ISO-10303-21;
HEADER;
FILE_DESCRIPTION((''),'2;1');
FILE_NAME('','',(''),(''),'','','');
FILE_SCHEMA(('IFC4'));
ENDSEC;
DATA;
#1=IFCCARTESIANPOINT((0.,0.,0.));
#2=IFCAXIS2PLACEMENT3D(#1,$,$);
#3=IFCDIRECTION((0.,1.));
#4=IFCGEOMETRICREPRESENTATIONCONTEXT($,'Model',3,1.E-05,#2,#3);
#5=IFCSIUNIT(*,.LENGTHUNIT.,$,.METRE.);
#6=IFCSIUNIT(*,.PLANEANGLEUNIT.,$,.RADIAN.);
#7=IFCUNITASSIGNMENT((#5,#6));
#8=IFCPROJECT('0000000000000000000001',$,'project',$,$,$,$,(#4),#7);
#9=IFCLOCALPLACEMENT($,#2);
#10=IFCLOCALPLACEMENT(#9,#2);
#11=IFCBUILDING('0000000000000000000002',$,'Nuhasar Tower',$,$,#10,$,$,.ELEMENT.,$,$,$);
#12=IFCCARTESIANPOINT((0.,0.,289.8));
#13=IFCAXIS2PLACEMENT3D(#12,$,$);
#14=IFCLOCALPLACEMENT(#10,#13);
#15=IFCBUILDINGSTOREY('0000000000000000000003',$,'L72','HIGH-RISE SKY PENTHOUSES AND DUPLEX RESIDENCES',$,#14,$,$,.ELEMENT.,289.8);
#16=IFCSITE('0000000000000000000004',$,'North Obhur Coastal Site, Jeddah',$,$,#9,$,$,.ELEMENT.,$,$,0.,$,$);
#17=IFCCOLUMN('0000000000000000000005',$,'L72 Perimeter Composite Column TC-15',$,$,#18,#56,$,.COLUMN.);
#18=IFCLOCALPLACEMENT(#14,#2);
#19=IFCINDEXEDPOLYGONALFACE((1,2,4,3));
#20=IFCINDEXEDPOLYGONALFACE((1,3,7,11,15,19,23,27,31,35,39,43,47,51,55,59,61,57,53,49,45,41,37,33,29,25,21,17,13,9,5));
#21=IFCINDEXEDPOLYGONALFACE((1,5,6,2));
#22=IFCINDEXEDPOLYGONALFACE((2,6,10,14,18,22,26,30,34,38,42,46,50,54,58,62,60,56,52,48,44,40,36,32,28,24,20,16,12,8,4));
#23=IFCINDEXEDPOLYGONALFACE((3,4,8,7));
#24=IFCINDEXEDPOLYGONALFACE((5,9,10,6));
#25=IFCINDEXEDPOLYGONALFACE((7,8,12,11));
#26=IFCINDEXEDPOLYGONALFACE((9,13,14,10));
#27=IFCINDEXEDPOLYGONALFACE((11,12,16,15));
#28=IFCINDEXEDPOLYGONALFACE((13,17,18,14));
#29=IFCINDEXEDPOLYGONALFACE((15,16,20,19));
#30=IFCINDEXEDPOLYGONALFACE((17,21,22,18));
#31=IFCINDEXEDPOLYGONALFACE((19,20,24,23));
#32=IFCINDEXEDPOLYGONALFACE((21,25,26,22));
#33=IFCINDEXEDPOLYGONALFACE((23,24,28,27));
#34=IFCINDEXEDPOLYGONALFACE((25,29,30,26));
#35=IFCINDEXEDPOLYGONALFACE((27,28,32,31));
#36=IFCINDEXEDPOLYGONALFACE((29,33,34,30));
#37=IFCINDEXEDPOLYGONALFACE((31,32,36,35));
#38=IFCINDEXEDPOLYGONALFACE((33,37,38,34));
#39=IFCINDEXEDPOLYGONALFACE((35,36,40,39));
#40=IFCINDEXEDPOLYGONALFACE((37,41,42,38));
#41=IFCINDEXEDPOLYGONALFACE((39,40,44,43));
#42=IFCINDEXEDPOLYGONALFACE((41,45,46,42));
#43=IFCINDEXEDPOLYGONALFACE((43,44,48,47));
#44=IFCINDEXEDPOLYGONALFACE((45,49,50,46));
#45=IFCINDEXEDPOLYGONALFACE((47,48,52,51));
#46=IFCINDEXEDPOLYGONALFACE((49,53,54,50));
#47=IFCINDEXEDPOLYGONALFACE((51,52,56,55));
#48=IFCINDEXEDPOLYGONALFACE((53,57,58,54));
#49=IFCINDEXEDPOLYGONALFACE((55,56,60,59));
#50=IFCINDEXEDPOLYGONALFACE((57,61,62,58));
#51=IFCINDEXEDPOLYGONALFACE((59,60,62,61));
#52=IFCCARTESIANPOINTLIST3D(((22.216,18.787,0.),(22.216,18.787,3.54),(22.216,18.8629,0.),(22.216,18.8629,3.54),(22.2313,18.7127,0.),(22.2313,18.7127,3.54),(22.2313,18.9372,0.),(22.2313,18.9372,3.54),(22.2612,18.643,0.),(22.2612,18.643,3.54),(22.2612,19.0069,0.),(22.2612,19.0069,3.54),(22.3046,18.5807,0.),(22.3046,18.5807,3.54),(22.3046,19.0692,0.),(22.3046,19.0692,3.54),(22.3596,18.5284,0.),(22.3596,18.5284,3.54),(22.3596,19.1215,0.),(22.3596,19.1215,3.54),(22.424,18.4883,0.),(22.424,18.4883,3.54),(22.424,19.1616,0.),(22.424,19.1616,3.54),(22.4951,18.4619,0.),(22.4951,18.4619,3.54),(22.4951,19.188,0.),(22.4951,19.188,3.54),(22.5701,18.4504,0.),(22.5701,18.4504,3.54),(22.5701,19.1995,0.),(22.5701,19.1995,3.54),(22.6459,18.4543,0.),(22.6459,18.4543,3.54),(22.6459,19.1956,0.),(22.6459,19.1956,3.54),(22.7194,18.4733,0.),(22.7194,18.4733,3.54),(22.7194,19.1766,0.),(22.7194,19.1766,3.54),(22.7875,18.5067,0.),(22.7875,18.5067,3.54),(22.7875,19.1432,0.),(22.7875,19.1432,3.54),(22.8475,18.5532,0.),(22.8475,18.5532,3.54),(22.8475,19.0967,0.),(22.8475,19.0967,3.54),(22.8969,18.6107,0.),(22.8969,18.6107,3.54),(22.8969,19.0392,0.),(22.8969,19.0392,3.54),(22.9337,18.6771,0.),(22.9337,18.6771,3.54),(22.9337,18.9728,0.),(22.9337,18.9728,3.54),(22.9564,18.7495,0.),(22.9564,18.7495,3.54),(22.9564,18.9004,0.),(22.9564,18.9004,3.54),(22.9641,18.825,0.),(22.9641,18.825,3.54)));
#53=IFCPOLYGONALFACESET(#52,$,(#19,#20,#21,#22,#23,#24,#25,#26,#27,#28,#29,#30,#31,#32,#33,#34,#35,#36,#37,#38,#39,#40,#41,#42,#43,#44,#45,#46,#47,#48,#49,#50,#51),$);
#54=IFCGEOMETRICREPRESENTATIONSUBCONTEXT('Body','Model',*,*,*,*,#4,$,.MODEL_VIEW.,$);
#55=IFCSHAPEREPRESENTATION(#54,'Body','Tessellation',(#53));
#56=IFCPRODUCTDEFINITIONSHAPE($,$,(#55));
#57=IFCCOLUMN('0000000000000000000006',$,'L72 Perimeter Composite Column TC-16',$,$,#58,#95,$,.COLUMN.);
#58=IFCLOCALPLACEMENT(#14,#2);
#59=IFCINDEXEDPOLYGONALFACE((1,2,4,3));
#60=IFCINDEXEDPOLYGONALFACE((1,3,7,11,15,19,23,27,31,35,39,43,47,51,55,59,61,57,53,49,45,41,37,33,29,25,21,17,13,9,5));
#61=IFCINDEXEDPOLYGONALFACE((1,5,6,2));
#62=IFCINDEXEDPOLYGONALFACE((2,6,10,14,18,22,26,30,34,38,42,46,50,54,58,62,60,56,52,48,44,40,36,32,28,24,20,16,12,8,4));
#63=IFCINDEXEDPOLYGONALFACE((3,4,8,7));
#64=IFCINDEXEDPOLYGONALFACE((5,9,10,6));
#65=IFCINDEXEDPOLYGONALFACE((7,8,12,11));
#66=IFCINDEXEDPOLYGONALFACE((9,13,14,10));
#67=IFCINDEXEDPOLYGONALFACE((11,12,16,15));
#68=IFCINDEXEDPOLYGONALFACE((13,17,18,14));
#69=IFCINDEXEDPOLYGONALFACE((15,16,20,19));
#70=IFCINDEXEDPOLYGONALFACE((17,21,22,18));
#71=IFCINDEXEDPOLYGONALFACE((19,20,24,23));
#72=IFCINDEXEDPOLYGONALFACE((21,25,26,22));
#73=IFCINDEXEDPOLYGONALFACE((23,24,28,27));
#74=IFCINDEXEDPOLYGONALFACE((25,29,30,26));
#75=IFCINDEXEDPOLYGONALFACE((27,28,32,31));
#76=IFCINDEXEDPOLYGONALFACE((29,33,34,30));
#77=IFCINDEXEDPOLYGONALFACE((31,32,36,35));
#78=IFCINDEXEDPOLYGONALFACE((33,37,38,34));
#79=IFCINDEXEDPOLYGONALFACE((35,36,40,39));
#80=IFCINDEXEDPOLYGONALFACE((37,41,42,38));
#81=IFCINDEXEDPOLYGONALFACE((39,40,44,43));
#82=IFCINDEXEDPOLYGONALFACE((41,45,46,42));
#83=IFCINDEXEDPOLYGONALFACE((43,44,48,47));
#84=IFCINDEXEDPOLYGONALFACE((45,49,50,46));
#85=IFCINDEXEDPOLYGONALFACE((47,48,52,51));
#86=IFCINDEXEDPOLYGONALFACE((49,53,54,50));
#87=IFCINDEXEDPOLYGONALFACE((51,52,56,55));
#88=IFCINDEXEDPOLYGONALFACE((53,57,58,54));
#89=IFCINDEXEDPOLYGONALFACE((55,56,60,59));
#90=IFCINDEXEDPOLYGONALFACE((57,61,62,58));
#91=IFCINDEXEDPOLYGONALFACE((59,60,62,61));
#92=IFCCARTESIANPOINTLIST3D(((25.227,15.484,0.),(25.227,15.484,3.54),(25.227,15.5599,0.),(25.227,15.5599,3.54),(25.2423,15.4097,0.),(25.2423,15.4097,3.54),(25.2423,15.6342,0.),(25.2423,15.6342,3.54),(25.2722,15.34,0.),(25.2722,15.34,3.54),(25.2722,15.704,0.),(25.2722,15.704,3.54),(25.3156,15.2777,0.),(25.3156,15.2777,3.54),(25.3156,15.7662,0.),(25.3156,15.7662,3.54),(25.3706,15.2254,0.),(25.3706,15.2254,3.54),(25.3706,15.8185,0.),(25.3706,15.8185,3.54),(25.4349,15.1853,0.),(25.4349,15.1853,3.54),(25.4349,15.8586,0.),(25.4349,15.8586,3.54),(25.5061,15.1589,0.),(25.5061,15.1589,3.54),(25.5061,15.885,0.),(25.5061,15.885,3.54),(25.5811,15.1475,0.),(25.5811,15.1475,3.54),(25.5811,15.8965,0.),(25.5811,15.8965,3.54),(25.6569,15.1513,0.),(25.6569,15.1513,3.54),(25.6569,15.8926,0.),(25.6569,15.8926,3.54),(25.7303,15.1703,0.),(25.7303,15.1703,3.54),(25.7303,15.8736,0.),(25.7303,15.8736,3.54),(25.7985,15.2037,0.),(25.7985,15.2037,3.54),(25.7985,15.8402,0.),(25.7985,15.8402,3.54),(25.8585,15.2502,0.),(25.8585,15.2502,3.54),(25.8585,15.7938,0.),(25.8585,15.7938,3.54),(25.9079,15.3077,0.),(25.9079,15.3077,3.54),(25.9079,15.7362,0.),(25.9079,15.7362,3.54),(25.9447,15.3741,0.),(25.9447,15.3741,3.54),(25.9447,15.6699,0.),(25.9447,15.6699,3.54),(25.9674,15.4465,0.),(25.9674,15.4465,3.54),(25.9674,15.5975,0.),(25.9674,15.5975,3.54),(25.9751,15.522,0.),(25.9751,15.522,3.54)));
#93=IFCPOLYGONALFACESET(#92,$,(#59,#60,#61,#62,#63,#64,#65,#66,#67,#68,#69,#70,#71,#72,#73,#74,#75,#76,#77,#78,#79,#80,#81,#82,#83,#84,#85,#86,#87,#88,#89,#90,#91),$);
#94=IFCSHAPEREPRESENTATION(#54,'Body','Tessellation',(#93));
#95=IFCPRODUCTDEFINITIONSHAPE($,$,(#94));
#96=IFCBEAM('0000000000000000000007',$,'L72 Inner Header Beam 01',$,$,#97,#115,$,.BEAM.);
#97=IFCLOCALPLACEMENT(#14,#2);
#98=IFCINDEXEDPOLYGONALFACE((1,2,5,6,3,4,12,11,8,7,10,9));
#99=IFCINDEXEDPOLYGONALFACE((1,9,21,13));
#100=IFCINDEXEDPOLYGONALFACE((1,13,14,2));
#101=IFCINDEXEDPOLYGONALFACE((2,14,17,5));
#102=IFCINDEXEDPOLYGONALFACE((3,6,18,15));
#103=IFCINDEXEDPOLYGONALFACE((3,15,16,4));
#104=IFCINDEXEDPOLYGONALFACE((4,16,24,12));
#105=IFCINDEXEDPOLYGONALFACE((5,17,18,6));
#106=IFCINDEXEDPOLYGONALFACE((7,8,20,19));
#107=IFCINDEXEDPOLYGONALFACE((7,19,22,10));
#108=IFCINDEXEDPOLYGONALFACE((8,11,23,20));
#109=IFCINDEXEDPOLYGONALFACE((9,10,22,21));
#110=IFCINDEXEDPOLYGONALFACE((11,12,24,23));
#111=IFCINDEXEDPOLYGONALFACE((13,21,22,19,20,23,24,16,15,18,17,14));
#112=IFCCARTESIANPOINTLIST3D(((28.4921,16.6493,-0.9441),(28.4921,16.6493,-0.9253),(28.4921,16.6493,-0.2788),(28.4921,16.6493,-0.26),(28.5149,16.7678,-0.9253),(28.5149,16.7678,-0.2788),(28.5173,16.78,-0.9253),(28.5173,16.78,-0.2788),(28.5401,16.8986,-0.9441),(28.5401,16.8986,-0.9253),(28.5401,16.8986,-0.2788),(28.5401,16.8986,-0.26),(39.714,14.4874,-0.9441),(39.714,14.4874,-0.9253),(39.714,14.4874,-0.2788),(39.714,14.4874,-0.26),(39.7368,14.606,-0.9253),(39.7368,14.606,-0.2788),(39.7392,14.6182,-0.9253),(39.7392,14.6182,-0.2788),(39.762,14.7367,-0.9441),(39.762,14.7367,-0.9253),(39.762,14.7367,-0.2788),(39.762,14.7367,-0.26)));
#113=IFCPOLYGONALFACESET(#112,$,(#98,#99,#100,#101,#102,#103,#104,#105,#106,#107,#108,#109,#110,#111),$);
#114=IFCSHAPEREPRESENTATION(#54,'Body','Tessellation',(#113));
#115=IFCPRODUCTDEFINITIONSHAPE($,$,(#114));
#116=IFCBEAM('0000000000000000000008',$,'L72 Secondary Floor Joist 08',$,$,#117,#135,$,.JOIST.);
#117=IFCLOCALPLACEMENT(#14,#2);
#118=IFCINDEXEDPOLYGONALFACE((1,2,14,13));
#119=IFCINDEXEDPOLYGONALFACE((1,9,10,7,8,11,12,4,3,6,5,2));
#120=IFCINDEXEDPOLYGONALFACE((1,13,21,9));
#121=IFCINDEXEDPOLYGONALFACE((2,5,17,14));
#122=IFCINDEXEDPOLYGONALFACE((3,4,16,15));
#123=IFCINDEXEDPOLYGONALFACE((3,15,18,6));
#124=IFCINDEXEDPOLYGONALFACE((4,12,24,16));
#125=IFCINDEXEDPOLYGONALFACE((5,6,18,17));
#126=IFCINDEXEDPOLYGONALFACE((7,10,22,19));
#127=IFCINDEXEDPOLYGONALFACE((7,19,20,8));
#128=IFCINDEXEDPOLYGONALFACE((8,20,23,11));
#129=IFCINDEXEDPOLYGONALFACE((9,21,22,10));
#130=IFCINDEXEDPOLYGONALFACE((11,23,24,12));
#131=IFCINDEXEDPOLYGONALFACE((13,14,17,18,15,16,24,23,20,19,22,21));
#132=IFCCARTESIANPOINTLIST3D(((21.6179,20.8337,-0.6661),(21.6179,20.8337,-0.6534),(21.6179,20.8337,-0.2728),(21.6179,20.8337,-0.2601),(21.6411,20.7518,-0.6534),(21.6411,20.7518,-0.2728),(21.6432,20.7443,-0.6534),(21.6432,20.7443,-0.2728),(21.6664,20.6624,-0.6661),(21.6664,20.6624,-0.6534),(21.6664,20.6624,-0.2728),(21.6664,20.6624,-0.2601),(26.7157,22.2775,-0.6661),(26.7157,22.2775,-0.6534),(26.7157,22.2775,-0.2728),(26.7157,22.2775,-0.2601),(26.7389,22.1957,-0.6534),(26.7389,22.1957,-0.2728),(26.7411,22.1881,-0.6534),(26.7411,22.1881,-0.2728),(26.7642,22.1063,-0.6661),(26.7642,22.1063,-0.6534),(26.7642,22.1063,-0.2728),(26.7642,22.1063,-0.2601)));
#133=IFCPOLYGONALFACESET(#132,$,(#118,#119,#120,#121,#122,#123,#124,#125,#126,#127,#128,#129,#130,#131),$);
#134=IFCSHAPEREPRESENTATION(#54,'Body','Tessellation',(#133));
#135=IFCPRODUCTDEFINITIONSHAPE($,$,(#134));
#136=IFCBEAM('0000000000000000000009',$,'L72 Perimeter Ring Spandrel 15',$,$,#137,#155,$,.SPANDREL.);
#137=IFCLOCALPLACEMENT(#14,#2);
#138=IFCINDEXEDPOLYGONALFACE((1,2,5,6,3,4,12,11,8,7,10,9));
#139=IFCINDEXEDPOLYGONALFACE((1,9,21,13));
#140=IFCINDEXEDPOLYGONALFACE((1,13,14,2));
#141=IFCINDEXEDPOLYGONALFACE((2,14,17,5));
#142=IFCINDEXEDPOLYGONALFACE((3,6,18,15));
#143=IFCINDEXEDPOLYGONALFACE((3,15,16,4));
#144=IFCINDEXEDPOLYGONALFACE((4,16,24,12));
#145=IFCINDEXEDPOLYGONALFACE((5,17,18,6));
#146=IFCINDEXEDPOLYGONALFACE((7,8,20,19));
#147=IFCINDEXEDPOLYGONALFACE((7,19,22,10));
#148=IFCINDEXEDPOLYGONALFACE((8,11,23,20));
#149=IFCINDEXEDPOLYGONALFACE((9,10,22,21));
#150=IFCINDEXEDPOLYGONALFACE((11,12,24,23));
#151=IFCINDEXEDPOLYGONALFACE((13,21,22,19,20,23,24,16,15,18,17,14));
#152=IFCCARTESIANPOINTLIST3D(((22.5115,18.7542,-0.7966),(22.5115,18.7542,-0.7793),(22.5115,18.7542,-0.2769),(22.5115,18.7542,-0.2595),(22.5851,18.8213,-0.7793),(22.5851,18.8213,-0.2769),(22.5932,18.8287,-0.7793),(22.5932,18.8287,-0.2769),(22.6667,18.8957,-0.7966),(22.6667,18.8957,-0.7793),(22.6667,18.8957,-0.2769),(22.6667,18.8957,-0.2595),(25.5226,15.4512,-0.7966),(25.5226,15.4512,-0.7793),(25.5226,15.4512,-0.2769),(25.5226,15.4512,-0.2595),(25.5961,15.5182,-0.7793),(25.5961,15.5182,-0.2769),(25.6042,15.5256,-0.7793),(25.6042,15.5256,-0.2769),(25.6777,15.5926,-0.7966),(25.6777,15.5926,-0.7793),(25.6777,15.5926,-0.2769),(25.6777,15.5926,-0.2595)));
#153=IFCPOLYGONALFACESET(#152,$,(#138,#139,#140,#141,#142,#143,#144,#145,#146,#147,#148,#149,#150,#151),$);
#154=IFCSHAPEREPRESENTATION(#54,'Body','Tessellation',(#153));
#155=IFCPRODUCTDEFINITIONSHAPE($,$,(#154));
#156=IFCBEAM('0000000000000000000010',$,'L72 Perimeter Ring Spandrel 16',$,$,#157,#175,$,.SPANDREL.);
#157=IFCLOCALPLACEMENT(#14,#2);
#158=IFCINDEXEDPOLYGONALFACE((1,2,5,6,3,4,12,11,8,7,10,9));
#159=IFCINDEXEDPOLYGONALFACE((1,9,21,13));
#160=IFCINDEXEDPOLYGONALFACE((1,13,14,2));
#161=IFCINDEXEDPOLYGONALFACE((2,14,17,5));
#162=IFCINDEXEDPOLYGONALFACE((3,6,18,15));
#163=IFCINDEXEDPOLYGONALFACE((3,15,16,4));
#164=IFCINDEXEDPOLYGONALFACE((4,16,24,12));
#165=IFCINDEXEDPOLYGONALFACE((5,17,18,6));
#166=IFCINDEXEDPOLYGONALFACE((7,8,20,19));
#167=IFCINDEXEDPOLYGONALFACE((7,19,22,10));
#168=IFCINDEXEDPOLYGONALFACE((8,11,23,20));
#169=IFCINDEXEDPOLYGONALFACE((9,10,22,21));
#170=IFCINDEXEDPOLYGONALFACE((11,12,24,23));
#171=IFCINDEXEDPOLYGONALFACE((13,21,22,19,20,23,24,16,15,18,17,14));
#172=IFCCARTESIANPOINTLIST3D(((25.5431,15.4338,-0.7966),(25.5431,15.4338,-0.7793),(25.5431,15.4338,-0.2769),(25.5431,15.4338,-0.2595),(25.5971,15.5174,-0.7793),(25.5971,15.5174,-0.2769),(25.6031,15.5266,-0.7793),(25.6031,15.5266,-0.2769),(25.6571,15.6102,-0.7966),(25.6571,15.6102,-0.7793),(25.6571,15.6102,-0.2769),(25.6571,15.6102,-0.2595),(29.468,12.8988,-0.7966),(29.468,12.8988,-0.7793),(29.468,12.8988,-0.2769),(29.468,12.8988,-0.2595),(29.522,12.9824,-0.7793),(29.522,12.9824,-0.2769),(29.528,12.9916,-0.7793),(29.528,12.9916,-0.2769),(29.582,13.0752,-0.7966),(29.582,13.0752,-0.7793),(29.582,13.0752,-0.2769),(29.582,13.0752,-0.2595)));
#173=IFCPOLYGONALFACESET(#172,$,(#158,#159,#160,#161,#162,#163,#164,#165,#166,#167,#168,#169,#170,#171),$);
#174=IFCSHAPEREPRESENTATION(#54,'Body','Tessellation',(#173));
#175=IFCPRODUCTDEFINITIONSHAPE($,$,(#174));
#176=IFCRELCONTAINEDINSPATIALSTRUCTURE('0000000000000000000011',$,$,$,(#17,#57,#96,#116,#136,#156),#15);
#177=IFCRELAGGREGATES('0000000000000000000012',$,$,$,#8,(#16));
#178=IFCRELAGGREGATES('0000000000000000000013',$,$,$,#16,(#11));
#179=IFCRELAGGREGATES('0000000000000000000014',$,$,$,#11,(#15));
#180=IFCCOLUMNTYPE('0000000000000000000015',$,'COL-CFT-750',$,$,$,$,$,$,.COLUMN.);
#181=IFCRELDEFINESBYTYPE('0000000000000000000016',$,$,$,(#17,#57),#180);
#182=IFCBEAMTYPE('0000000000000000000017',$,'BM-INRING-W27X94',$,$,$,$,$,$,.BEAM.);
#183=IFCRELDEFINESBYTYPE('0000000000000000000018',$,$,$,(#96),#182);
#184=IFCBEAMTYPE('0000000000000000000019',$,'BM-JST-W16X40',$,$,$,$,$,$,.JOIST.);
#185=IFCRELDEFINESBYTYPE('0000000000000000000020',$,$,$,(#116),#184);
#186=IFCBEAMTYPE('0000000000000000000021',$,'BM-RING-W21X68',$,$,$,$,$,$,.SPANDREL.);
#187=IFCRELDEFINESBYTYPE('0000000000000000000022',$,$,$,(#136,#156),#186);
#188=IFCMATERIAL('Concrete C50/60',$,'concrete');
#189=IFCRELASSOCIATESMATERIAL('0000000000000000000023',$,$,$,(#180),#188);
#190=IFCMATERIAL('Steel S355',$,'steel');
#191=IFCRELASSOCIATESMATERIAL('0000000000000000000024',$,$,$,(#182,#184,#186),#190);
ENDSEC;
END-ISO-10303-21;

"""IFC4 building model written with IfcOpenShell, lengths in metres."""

from ifc_helpers import new_model, si_unit, direction, frame, origin, origin_2d, place, context, subcontext, project, spatial, circle, i_section, extrude, material, material_profile, profile_set, type_object, element, save


model = new_model("IFC4")

# Units and contexts
model_context = context("Model", 3, precision=1e-05, world=origin(), true_north=direction((0.0, 1.0)))
body_context = subcontext(model_context, "Body", "Model", "MODEL_VIEW")
ifc_project = project(units=[si_unit("LENGTHUNIT", "METRE"), si_unit("PLANEANGLEUNIT", "RADIAN")], contexts=[model_context])

# Site, building, storey
site_placement = place(None, origin())
site = spatial("IfcSite", under=ifc_project, at=site_placement, Name="North Obhur Coastal Site, Jeddah", CompositionType="ELEMENT", RefElevation=0.0)
building_placement = place(site_placement, origin())
building = spatial("IfcBuilding", under=site, at=building_placement, Name="Nuhasar Tower", CompositionType="ELEMENT")
storey_placement = place(building_placement, frame((0.0, 0.0, 289.8)))
storey = spatial("IfcBuildingStorey", under=building, at=storey_placement, Name="L72", Description="HIGH-RISE SKY PENTHOUSES AND DUPLEX RESIDENCES", CompositionType="ELEMENT", Elevation=289.8)

# Columns
ifc_material_1 = material(Name="Concrete C50/60", Category="concrete")
ifc_material_profile_1 = material_profile(ifc_material_1, circle(Radius=0.375, at=origin_2d()), Name="CFT750")
ifc_profile_set_1 = profile_set([ifc_material_profile_1], Name="Concrete C50/60")
column_type = type_object("IfcColumnType", Name="COL-CFT-750", PredefinedType="COLUMN", material=ifc_profile_set_1)
for number, where, z_axis, x_axis, name in (
    (1, (22.5891, 18.825, 0.0), (0.0, 0.0, 1.0), (1.0, 0.0, 0.0), "L72 Perimeter Composite Column TC-15"),
    (2, (25.6001, 15.522, 0.0), (0.0, 0.0, 1.0), (1.0, 0.0, 0.0), "L72 Perimeter Composite Column TC-16"),
):
    element("IfcColumn", number, at=place(storey_placement, frame(where, z_axis=z_axis, x_axis=x_axis)), inside=storey, type_object=column_type, Name=name, PredefinedType="COLUMN", context=body_context, shape_type="SweptSolid", body=[
        extrude(circle(Radius=0.375, at=origin_2d()), origin(), (0.0, 0.0, 1.0), 3.54),
    ])

# Beams
ifc_material_2 = material(Name="Steel S355", Category="steel")
ifc_material_profile_2 = material_profile(ifc_material_2, i_section(OverallWidth=0.2539, OverallDepth=0.6841, WebThickness=0.0125, FlangeThickness=0.0188, at=origin_2d()), Name="W27X94")
ifc_profile_set_2 = profile_set([ifc_material_profile_2], Name="Steel S355")
beam_type_1 = type_object("IfcBeamType", Name="BM-INRING-W27X94", PredefinedType="BEAM", material=ifc_profile_set_2)
beam_1_placement = place(storey_placement, frame((28.5161, 16.7739, -0.6021), z_axis=(0.981945, -0.189168, 0.0), x_axis=(0.189168, 0.981945, 0.0)))
element("IfcBeam", 3, at=beam_1_placement, inside=storey, type_object=beam_type_1, Name="L72 Inner Header Beam 01", PredefinedType="BEAM", context=body_context, shape_type="SweptSolid", body=[
    extrude(i_section(OverallWidth=0.2539, OverallDepth=0.6841, WebThickness=0.0125, FlangeThickness=0.0188, at=origin_2d()), origin(), (0.0, 0.0, 1.0), 11.4282),
])
ifc_material_profile_3 = material_profile(ifc_material_2, i_section(OverallWidth=0.178, OverallDepth=0.406, WebThickness=0.0078, FlangeThickness=0.0127, at=origin_2d()), Name="W16X40")
ifc_profile_set_3 = profile_set([ifc_material_profile_3], Name="Steel S355")
beam_type_2 = type_object("IfcBeamType", Name="BM-JST-W16X40", PredefinedType="JOIST", material=ifc_profile_set_3)
beam_2_placement = place(storey_placement, frame((26.74, 22.1919, -0.4631), z_axis=(-0.962154, -0.272505, 0.0), x_axis=(0.272505, -0.962154, 0.0)))
element("IfcBeam", 4, at=beam_2_placement, inside=storey, type_object=beam_type_2, Name="L72 Secondary Floor Joist 08", PredefinedType="JOIST", context=body_context, shape_type="SweptSolid", body=[
    extrude(i_section(OverallWidth=0.178, OverallDepth=0.406, WebThickness=0.0078, FlangeThickness=0.0127, at=origin_2d()), origin(), (0.0, 0.0, 1.0), 5.2983),
])
ifc_material_profile_4 = material_profile(ifc_material_2, i_section(OverallWidth=0.21, OverallDepth=0.5371, WebThickness=0.011, FlangeThickness=0.0173, at=origin_2d()), Name="W21X68")
ifc_profile_set_4 = profile_set([ifc_material_profile_4], Name="Steel S355")
beam_type_3 = type_object("IfcBeamType", Name="BM-RING-W21X68", PredefinedType="SPANDREL", material=ifc_profile_set_4)
beam_3_placement = place(storey_placement, frame((22.5891, 18.825, -0.5281), z_axis=(0.673686, -0.739017, 0.0), x_axis=(0.739017, 0.673686, 0.0)))
element("IfcBeam", 5, at=beam_3_placement, inside=storey, type_object=beam_type_3, Name="L72 Perimeter Ring Spandrel 15", PredefinedType="SPANDREL", context=body_context, shape_type="SweptSolid", body=[
    extrude(i_section(OverallWidth=0.21, OverallDepth=0.5371, WebThickness=0.011, FlangeThickness=0.0173, at=origin_2d()), origin(), (0.0, 0.0, 1.0), 4.4695),
])
beam_4_placement = place(storey_placement, frame((25.6001, 15.522, -0.5281), z_axis=(0.840025, -0.542547, 0.0), x_axis=(0.542547, 0.840025, 0.0)))
element("IfcBeam", 6, at=beam_4_placement, inside=storey, type_object=beam_type_3, Name="L72 Perimeter Ring Spandrel 16", PredefinedType="SPANDREL", context=body_context, shape_type="SweptSolid", body=[
    extrude(i_section(OverallWidth=0.21, OverallDepth=0.5371, WebThickness=0.011, FlangeThickness=0.0173, at=origin_2d()), origin(), (0.0, 0.0, 1.0), 4.6724),
])

save(model, "model.ifc")
